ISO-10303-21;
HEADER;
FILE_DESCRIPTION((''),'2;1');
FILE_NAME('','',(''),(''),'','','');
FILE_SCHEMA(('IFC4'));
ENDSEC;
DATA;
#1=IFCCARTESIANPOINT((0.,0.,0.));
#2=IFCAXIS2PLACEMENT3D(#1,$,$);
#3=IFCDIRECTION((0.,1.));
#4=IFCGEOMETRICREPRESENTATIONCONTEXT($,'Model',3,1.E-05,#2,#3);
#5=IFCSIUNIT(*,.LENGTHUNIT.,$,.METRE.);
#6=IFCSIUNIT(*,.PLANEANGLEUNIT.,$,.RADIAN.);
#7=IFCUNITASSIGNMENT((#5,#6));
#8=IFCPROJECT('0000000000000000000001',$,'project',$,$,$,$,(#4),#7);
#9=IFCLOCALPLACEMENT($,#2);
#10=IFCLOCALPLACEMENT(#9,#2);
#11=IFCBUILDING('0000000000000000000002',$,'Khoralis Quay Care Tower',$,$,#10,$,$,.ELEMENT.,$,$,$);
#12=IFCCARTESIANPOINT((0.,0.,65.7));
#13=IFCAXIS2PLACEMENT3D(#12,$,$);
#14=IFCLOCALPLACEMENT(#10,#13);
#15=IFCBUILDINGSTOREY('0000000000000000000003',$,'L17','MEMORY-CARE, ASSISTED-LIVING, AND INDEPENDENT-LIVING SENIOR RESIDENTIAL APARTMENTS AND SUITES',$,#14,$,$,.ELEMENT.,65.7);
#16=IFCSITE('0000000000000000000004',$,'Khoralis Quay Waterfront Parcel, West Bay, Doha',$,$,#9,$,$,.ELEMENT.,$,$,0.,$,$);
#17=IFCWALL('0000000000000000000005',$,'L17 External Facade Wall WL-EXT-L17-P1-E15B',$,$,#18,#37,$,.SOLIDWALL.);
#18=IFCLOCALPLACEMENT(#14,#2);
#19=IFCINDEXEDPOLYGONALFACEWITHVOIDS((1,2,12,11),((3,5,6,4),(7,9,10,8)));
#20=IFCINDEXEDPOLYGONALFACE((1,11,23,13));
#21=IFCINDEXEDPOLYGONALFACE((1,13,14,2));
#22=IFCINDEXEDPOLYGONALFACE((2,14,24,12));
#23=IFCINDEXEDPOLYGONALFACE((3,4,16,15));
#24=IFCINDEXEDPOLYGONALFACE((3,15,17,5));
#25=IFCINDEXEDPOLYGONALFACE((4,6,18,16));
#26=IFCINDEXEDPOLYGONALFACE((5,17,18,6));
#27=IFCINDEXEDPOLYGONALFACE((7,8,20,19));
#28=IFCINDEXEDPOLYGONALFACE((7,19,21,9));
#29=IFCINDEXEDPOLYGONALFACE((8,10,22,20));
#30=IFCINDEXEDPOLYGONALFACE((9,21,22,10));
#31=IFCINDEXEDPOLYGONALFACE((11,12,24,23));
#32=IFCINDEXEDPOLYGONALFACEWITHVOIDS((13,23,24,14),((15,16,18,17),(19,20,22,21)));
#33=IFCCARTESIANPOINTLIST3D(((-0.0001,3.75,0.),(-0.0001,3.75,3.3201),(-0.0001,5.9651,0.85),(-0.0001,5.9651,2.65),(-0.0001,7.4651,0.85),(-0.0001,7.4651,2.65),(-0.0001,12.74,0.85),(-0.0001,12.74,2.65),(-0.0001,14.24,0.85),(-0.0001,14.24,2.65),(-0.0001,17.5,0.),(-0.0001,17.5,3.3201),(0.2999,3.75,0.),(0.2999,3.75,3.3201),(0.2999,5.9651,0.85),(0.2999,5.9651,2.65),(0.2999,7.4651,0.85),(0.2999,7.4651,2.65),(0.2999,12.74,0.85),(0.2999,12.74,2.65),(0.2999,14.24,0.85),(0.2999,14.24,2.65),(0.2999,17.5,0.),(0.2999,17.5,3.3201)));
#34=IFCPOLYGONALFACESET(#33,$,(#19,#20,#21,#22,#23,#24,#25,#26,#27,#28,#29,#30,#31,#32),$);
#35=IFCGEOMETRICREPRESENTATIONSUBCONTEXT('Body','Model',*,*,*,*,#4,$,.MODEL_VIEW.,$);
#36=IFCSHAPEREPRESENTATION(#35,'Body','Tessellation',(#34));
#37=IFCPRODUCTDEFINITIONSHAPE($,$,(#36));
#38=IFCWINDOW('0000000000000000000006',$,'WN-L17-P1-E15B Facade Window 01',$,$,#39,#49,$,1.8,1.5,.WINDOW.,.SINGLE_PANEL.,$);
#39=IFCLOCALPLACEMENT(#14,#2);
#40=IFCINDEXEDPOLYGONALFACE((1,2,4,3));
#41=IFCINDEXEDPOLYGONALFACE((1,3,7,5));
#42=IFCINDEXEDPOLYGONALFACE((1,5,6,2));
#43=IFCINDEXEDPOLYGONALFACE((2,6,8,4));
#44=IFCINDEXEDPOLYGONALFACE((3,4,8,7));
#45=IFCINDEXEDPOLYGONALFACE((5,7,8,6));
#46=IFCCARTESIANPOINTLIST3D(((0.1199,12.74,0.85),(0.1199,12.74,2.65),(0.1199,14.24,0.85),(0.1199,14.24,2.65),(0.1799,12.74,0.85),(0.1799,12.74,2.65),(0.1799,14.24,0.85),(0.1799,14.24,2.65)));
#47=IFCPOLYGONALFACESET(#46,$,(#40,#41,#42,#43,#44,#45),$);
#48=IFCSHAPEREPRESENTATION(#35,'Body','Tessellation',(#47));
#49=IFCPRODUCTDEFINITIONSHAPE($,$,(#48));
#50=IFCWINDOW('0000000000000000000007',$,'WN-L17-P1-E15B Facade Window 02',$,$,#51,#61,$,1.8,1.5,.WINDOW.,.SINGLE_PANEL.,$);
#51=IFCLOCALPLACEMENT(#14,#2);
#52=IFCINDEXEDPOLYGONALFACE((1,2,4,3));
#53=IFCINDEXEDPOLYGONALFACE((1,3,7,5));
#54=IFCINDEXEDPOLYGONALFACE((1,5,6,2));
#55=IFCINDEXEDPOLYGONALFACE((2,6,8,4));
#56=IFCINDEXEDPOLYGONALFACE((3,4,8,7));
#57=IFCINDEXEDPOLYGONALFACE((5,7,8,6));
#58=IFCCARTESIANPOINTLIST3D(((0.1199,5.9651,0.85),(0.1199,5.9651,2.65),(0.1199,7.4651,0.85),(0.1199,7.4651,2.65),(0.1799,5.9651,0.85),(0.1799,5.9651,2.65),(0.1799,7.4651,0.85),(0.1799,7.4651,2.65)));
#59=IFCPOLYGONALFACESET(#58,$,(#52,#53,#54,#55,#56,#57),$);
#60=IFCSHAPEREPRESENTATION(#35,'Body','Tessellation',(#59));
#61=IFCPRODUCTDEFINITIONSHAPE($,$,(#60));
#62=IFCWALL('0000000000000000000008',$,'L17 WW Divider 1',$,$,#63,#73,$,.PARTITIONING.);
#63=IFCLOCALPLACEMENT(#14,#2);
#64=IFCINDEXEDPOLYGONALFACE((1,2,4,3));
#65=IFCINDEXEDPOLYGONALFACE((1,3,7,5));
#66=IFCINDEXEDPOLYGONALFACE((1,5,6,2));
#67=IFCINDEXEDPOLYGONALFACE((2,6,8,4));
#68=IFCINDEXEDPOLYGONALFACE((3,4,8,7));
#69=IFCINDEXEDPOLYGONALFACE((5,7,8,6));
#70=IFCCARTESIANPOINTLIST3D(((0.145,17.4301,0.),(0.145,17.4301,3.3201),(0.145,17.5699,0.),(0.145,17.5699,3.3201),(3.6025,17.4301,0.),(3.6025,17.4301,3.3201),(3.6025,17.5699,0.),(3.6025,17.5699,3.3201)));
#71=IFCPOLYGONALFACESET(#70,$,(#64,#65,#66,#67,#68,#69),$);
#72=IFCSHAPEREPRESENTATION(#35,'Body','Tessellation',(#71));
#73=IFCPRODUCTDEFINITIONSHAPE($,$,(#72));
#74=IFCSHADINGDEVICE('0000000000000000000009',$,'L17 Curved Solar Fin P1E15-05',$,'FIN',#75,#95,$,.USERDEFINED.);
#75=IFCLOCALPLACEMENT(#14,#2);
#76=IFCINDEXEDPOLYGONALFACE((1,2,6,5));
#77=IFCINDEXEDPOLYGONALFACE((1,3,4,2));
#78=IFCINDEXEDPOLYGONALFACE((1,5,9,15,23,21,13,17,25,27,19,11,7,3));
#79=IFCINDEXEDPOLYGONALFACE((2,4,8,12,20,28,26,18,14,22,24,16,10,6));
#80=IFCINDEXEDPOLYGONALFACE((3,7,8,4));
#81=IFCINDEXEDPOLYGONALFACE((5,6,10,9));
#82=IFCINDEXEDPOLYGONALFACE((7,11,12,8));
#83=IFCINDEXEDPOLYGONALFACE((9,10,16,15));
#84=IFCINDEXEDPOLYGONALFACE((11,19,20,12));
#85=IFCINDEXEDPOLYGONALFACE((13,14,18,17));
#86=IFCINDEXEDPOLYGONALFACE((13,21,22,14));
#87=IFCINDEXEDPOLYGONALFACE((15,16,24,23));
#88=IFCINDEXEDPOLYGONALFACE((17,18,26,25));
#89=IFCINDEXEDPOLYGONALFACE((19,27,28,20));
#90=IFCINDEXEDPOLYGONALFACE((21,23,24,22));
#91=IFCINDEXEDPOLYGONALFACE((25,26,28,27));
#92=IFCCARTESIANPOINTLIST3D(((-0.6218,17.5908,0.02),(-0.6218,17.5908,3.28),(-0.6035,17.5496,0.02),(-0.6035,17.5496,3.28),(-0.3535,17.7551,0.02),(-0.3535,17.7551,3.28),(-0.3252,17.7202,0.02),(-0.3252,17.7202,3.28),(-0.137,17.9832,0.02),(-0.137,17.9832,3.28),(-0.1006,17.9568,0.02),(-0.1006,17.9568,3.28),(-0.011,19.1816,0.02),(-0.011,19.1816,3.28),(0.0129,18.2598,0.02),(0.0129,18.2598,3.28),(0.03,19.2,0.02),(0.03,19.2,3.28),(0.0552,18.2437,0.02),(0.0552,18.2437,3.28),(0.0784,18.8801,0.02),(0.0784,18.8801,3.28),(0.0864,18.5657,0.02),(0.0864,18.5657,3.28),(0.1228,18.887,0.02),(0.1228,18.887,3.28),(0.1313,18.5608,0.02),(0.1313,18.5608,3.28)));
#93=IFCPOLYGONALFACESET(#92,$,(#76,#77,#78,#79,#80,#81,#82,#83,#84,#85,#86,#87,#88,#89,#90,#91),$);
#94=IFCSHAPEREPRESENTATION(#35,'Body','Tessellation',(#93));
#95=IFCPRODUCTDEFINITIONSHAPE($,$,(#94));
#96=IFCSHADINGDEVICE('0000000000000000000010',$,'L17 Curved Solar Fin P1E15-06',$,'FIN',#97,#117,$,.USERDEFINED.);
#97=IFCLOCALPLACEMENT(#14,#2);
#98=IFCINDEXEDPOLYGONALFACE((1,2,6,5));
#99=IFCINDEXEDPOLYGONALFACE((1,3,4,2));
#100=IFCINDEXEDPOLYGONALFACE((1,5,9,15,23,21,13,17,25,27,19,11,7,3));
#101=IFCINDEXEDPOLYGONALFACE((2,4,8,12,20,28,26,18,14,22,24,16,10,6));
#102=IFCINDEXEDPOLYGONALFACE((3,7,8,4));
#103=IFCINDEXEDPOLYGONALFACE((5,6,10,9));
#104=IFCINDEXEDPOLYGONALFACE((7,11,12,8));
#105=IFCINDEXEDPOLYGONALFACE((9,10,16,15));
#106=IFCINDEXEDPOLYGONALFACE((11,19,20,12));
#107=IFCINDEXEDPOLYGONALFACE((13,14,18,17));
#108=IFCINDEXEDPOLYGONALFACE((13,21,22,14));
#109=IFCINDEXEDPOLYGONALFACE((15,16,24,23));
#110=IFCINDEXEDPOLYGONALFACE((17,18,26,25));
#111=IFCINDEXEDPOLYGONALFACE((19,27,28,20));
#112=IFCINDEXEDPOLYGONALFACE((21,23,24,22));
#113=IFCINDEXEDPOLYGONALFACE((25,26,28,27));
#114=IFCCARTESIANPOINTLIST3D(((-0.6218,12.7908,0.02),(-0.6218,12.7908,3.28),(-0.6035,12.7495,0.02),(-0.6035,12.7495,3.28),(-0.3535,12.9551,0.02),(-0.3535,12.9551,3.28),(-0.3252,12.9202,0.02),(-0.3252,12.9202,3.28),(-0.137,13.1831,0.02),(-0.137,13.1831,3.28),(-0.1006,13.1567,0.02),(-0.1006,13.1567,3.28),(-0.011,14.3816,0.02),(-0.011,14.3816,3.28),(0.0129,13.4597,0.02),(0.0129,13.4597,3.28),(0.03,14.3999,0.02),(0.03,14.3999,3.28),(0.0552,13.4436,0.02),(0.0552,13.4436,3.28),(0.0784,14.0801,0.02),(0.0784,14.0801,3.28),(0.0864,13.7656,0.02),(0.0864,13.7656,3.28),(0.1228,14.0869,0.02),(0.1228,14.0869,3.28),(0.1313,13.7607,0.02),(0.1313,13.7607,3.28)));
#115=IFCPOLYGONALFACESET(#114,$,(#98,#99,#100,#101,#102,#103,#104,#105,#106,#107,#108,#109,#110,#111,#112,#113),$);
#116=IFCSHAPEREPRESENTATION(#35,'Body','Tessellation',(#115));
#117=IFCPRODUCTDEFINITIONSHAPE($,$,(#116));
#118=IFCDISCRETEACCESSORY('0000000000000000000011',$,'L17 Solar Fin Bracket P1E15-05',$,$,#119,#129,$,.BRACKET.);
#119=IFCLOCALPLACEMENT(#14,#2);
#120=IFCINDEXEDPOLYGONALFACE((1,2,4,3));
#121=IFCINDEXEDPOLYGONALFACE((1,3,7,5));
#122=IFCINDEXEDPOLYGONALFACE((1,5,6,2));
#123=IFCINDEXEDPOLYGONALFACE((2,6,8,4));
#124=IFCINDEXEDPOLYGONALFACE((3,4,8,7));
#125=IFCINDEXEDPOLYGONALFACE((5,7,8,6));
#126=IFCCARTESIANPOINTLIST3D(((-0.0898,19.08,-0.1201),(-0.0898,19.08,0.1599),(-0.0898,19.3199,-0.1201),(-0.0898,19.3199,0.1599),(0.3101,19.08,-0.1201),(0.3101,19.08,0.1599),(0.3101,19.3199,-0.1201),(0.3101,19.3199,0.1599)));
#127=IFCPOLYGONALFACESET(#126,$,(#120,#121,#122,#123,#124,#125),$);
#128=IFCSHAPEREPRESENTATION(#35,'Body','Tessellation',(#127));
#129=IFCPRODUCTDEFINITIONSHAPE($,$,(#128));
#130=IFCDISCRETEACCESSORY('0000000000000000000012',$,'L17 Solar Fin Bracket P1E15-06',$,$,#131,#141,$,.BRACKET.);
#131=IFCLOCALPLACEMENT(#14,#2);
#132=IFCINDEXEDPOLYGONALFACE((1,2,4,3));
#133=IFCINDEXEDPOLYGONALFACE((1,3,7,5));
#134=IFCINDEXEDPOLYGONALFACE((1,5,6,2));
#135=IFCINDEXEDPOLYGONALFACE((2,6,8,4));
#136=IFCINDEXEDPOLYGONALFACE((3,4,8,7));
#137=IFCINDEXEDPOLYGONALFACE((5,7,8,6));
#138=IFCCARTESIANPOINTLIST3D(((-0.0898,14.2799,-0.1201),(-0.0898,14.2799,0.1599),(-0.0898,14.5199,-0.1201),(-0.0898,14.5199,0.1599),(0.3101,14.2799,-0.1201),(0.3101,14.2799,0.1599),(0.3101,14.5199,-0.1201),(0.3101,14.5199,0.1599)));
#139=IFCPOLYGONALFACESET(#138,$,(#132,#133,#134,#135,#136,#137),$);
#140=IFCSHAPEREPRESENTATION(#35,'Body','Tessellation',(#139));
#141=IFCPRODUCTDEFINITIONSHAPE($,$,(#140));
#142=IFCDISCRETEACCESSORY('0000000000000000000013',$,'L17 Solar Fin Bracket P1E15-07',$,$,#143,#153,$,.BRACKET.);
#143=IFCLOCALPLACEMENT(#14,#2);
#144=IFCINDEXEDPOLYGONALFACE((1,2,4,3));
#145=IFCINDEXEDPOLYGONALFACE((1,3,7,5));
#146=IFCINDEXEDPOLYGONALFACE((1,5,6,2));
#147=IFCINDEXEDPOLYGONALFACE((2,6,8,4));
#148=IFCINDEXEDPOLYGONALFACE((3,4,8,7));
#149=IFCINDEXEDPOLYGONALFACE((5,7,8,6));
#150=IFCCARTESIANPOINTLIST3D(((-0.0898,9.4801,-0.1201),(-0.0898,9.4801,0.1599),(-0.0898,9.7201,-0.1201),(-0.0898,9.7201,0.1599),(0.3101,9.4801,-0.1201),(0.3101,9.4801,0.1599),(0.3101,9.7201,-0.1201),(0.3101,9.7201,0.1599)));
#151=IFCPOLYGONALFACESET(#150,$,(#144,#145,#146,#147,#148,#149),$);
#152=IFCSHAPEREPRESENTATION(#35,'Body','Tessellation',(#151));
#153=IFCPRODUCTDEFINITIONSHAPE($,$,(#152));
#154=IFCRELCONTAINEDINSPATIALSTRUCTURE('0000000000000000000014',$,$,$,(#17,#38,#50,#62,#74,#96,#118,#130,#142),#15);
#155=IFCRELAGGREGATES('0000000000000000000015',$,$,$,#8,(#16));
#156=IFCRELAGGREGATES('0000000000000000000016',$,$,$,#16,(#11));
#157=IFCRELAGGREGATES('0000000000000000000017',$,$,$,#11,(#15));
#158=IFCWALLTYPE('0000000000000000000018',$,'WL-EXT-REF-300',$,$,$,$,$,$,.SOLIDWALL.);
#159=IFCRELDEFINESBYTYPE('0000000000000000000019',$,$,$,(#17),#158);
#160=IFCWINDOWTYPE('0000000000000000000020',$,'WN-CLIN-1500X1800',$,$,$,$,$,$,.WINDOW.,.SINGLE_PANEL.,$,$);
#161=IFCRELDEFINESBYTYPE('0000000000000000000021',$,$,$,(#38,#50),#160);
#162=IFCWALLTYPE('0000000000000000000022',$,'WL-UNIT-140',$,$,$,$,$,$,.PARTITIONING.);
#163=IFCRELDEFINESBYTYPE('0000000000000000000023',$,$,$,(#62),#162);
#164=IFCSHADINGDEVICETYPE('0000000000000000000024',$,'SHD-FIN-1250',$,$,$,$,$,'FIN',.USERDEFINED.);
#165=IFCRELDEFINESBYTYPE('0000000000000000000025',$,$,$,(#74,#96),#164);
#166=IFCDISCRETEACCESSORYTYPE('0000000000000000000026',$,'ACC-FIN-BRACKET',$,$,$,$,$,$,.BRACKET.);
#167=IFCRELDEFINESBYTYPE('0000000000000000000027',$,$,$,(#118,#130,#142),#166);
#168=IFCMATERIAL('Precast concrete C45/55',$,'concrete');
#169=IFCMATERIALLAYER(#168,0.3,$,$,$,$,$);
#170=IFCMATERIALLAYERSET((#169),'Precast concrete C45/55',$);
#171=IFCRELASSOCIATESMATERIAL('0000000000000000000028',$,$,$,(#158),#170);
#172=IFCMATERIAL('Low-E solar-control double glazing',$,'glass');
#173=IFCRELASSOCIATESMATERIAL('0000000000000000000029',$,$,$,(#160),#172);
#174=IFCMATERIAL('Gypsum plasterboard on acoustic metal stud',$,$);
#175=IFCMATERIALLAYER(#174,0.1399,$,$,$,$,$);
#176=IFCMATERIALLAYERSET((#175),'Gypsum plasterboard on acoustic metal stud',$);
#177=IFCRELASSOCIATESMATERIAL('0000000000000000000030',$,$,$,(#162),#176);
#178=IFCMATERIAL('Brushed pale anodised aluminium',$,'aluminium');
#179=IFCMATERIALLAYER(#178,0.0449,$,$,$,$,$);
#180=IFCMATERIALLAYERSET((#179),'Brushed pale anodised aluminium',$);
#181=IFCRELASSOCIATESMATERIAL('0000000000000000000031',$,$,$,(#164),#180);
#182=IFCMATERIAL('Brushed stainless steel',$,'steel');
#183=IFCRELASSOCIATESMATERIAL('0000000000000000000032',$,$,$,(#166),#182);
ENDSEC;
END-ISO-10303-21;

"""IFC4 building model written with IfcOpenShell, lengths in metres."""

from ifc_helpers import new_model, si_unit, direction, frame, frame_2d, origin, origin_2d, place, context, subcontext, project, spatial, polyline, rectangle, outline, extrude, source, transform, mapped, material, layer, layer_set, type_object, element, fill, save


model = new_model("IFC4")

# Units and contexts
model_context = context("Model", 3, precision=1e-05, world=origin(), true_north=direction((0.0, 1.0)))
body_context = subcontext(model_context, "Body", "Model", "MODEL_VIEW")
ifc_project = project(units=[si_unit("LENGTHUNIT", "METRE"), si_unit("PLANEANGLEUNIT", "RADIAN")], contexts=[model_context])

# Site, building, storey
site_placement = place(None, origin())
site = spatial("IfcSite", under=ifc_project, at=site_placement, Name="Khoralis Quay Waterfront Parcel, West Bay, Doha", CompositionType="ELEMENT", RefElevation=0.0)
building_placement = place(site_placement, origin())
building = spatial("IfcBuilding", under=site, at=building_placement, Name="Khoralis Quay Care Tower", CompositionType="ELEMENT")
storey_placement = place(building_placement, frame((0.0, 0.0, 65.7)))
storey = spatial("IfcBuildingStorey", under=building, at=storey_placement, Name="L17", Description="MEMORY-CARE, ASSISTED-LIVING, AND INDEPENDENT-LIVING SENIOR RESIDENTIAL APARTMENTS AND SUITES", CompositionType="ELEMENT", Elevation=65.7)

# Shared definitions
ifc_material_1 = material(Name="Low-E solar-control double glazing", Category="glass")

# Shared definitions
ifc_material_2 = material(Name="Gypsum plasterboard on acoustic metal stud")

# Wall, openings, windows
ifc_material_3 = material(Name="Precast concrete C45/55", Category="concrete")
ifc_layer_1 = layer(ifc_material_3, 0.3)
ifc_layer_set_1 = layer_set([ifc_layer_1], Name="Precast concrete C45/55")
wall_type_1 = type_object("IfcWallType", Name="WL-EXT-REF-300", PredefinedType="SOLIDWALL", material=ifc_layer_set_1)
wall_1_placement = place(storey_placement, frame((0.1499, 17.5, 0.0), z_axis=(0.0, 0.0, 1.0), x_axis=(0.0, -1.0, 0.0)))
wall_1 = element("IfcWall", 1, at=wall_1_placement, inside=storey, type_object=wall_type_1, Name="L17 External Facade Wall WL-EXT-L17-P1-E15B", PredefinedType="SOLIDWALL", context=body_context, shape_type="SweptSolid", body=[
    extrude(rectangle(XDim=13.75, YDim=0.3, at=frame_2d((6.875, 0.0))), origin(), (0.0, 0.0, 1.0), 3.3201),
])
opening_1_placement = place(wall_1_placement, frame((3.26, 0.0, 0.8501)))
opening_1 = element("IfcOpeningElement", 2, at=opening_1_placement, cuts=wall_1, PredefinedType="OPENING", context=body_context, shape_type="SweptSolid", body=[
    extrude(rectangle(XDim=1.5, YDim=1.8, at=frame_2d((0.75, 0.8999))), frame((0.0, 0.1602, 0.0), z_axis=(0.0, -1.0, 0.0), x_axis=(1.0, 0.0, 0.0)), (0.0, 0.0, 1.0), 0.3201),
])
opening_2_placement = place(wall_1_placement, frame((10.0349, 0.0, 0.8501)))
opening_2 = element("IfcOpeningElement", 3, at=opening_2_placement, cuts=wall_1, PredefinedType="OPENING", context=body_context, shape_type="SweptSolid", body=[
    extrude(rectangle(XDim=1.5, YDim=1.8, at=frame_2d((0.75, 0.8999))), frame((0.0, 0.1602, 0.0), z_axis=(0.0, -1.0, 0.0), x_axis=(1.0, 0.0, 0.0)), (0.0, 0.0, 1.0), 0.3201),
])
window_type = type_object("IfcWindowType", Name="WN-CLIN-1500X1800", PartitioningType="SINGLE_PANEL", PredefinedType="WINDOW", material=ifc_material_1)
shared_shape_1 = source(origin(), body_context, "Body", "SweptSolid", [
    extrude(rectangle(XDim=1.5, YDim=1.8, at=frame_2d((0.75, 0.8999))), frame((0.0, 0.03, 0.0), z_axis=(0.0, -1.0, 0.0), x_axis=(1.0, 0.0, 0.0)), (0.0, 0.0, 1.0), 0.0601),
])
window_1_placement = place(opening_1_placement, origin())
window_1 = element("IfcWindow", 4, at=window_1_placement, inside=storey, type_object=window_type, Name="WN-L17-P1-E15B Facade Window 01", OverallHeight=1.8, OverallWidth=1.5, PartitioningType="SINGLE_PANEL", PredefinedType="WINDOW", context=body_context, shape_type="MappedRepresentation", body=[
    mapped(shared_shape_1, transform((0.0, 0.0, 0.0), scale=1.0)),
])
fill(opening_1, window_1)
window_2_placement = place(opening_2_placement, origin())
window_2 = element("IfcWindow", 5, at=window_2_placement, inside=storey, type_object=window_type, Name="WN-L17-P1-E15B Facade Window 02", OverallHeight=1.8, OverallWidth=1.5, PartitioningType="SINGLE_PANEL", PredefinedType="WINDOW", context=body_context, shape_type="MappedRepresentation", body=[
    mapped(shared_shape_1, transform((0.0, 0.0, 0.0), scale=1.0)),
])
fill(opening_2, window_2)

# Wall
ifc_layer_2 = layer(ifc_material_2, 0.1399)
ifc_layer_set_2 = layer_set([ifc_layer_2], Name="Gypsum plasterboard on acoustic metal stud")
wall_type_2 = type_object("IfcWallType", Name="WL-UNIT-140", PredefinedType="PARTITIONING", material=ifc_layer_set_2)
wall_2_placement = place(storey_placement, frame((0.145, 17.5, 0.0), z_axis=(0.0, 0.0, 1.0), x_axis=(1.0, 0.0, 0.0)))
element("IfcWall", 6, at=wall_2_placement, inside=storey, type_object=wall_type_2, Name="L17 WW Divider 1", PredefinedType="PARTITIONING", context=body_context, shape_type="SweptSolid", body=[
    extrude(rectangle(XDim=3.4575, YDim=0.1399, at=frame_2d((1.7288, 0.0))), origin(), (0.0, 0.0, 1.0), 3.3201),
])

# Shading devices
ifc_material_4 = material(Name="Brushed pale anodised aluminium", Category="aluminium")
ifc_layer_3 = layer(ifc_material_4, 0.0449)
ifc_layer_set_3 = layer_set([ifc_layer_3], Name="Brushed pale anodised aluminium")
shading_device_type = type_object("IfcShadingDeviceType", Name="SHD-FIN-1250", ElementType="FIN", PredefinedType="USERDEFINED", material=ifc_layer_set_3)
shared_shape_2 = source(origin(), body_context, "Body", "SweptSolid", [
    extrude(outline(polyline([(0.0, 0.0), (-0.0928, 0.313), (-0.1013, 0.6392), (-0.0251, 0.9563), (0.1306, 1.2432), (0.3552, 1.4797), (0.6335, 1.6504), (0.6519, 1.6091), (0.3835, 1.4448), (0.167, 1.2168), (0.0171, 0.9402), (-0.0564, 0.6343), (-0.0483, 0.3198), (0.041, 0.0183), (0.0, 0.0)])), origin(), (0.0, 0.0, 1.0), 3.26),
])
for number, where, z_axis, x_axis, name in (
    (7, (0.03, 19.2, 0.02), (0.0, 0.0, 1.0), (-1.0, 0.0, 0.0), "L17 Curved Solar Fin P1E15-05"),
    (8, (0.03, 14.3999, 0.02), (0.0, 0.0, 1.0), (-1.0, 0.0, 0.0), "L17 Curved Solar Fin P1E15-06"),
):
    element("IfcShadingDevice", number, at=place(storey_placement, frame(where, z_axis=z_axis, x_axis=x_axis)), inside=storey, type_object=shading_device_type, Name=name, ObjectType="FIN", PredefinedType="USERDEFINED", context=body_context, shape_type="MappedRepresentation", body=[
        mapped(shared_shape_2, transform((0.0, 0.0, 0.0), scale=1.0)),
    ])

# Discrete accessories
ifc_material_5 = material(Name="Brushed stainless steel", Category="steel")
discrete_accessory_type = type_object("IfcDiscreteAccessoryType", Name="ACC-FIN-BRACKET", PredefinedType="BRACKET", material=ifc_material_5)
shared_shape_3 = source(origin(), body_context, "Body", "SweptSolid", [
    extrude(rectangle(XDim=0.3999, YDim=0.24, at=origin_2d()), origin(), (0.0, 0.0, 1.0), 0.28),
])
for number, where, z_axis, x_axis, name in (
    (9, (0.1101, 19.2, -0.1201), (0.0, 0.0, 1.0), (-1.0, 0.0, 0.0), "L17 Solar Fin Bracket P1E15-05"),
    (10, (0.1101, 14.3999, -0.1201), (0.0, 0.0, 1.0), (-1.0, 0.0, 0.0), "L17 Solar Fin Bracket P1E15-06"),
    (11, (0.1101, 9.6001, -0.1201), (0.0, 0.0, 1.0), (-1.0, 0.0, 0.0), "L17 Solar Fin Bracket P1E15-07"),
):
    element("IfcDiscreteAccessory", number, at=place(storey_placement, frame(where, z_axis=z_axis, x_axis=x_axis)), inside=storey, type_object=discrete_accessory_type, Name=name, PredefinedType="BRACKET", context=body_context, shape_type="MappedRepresentation", body=[
        mapped(shared_shape_3, transform((0.0, 0.0, 0.0), scale=1.0)),
    ])

save(model, "model.ifc")
